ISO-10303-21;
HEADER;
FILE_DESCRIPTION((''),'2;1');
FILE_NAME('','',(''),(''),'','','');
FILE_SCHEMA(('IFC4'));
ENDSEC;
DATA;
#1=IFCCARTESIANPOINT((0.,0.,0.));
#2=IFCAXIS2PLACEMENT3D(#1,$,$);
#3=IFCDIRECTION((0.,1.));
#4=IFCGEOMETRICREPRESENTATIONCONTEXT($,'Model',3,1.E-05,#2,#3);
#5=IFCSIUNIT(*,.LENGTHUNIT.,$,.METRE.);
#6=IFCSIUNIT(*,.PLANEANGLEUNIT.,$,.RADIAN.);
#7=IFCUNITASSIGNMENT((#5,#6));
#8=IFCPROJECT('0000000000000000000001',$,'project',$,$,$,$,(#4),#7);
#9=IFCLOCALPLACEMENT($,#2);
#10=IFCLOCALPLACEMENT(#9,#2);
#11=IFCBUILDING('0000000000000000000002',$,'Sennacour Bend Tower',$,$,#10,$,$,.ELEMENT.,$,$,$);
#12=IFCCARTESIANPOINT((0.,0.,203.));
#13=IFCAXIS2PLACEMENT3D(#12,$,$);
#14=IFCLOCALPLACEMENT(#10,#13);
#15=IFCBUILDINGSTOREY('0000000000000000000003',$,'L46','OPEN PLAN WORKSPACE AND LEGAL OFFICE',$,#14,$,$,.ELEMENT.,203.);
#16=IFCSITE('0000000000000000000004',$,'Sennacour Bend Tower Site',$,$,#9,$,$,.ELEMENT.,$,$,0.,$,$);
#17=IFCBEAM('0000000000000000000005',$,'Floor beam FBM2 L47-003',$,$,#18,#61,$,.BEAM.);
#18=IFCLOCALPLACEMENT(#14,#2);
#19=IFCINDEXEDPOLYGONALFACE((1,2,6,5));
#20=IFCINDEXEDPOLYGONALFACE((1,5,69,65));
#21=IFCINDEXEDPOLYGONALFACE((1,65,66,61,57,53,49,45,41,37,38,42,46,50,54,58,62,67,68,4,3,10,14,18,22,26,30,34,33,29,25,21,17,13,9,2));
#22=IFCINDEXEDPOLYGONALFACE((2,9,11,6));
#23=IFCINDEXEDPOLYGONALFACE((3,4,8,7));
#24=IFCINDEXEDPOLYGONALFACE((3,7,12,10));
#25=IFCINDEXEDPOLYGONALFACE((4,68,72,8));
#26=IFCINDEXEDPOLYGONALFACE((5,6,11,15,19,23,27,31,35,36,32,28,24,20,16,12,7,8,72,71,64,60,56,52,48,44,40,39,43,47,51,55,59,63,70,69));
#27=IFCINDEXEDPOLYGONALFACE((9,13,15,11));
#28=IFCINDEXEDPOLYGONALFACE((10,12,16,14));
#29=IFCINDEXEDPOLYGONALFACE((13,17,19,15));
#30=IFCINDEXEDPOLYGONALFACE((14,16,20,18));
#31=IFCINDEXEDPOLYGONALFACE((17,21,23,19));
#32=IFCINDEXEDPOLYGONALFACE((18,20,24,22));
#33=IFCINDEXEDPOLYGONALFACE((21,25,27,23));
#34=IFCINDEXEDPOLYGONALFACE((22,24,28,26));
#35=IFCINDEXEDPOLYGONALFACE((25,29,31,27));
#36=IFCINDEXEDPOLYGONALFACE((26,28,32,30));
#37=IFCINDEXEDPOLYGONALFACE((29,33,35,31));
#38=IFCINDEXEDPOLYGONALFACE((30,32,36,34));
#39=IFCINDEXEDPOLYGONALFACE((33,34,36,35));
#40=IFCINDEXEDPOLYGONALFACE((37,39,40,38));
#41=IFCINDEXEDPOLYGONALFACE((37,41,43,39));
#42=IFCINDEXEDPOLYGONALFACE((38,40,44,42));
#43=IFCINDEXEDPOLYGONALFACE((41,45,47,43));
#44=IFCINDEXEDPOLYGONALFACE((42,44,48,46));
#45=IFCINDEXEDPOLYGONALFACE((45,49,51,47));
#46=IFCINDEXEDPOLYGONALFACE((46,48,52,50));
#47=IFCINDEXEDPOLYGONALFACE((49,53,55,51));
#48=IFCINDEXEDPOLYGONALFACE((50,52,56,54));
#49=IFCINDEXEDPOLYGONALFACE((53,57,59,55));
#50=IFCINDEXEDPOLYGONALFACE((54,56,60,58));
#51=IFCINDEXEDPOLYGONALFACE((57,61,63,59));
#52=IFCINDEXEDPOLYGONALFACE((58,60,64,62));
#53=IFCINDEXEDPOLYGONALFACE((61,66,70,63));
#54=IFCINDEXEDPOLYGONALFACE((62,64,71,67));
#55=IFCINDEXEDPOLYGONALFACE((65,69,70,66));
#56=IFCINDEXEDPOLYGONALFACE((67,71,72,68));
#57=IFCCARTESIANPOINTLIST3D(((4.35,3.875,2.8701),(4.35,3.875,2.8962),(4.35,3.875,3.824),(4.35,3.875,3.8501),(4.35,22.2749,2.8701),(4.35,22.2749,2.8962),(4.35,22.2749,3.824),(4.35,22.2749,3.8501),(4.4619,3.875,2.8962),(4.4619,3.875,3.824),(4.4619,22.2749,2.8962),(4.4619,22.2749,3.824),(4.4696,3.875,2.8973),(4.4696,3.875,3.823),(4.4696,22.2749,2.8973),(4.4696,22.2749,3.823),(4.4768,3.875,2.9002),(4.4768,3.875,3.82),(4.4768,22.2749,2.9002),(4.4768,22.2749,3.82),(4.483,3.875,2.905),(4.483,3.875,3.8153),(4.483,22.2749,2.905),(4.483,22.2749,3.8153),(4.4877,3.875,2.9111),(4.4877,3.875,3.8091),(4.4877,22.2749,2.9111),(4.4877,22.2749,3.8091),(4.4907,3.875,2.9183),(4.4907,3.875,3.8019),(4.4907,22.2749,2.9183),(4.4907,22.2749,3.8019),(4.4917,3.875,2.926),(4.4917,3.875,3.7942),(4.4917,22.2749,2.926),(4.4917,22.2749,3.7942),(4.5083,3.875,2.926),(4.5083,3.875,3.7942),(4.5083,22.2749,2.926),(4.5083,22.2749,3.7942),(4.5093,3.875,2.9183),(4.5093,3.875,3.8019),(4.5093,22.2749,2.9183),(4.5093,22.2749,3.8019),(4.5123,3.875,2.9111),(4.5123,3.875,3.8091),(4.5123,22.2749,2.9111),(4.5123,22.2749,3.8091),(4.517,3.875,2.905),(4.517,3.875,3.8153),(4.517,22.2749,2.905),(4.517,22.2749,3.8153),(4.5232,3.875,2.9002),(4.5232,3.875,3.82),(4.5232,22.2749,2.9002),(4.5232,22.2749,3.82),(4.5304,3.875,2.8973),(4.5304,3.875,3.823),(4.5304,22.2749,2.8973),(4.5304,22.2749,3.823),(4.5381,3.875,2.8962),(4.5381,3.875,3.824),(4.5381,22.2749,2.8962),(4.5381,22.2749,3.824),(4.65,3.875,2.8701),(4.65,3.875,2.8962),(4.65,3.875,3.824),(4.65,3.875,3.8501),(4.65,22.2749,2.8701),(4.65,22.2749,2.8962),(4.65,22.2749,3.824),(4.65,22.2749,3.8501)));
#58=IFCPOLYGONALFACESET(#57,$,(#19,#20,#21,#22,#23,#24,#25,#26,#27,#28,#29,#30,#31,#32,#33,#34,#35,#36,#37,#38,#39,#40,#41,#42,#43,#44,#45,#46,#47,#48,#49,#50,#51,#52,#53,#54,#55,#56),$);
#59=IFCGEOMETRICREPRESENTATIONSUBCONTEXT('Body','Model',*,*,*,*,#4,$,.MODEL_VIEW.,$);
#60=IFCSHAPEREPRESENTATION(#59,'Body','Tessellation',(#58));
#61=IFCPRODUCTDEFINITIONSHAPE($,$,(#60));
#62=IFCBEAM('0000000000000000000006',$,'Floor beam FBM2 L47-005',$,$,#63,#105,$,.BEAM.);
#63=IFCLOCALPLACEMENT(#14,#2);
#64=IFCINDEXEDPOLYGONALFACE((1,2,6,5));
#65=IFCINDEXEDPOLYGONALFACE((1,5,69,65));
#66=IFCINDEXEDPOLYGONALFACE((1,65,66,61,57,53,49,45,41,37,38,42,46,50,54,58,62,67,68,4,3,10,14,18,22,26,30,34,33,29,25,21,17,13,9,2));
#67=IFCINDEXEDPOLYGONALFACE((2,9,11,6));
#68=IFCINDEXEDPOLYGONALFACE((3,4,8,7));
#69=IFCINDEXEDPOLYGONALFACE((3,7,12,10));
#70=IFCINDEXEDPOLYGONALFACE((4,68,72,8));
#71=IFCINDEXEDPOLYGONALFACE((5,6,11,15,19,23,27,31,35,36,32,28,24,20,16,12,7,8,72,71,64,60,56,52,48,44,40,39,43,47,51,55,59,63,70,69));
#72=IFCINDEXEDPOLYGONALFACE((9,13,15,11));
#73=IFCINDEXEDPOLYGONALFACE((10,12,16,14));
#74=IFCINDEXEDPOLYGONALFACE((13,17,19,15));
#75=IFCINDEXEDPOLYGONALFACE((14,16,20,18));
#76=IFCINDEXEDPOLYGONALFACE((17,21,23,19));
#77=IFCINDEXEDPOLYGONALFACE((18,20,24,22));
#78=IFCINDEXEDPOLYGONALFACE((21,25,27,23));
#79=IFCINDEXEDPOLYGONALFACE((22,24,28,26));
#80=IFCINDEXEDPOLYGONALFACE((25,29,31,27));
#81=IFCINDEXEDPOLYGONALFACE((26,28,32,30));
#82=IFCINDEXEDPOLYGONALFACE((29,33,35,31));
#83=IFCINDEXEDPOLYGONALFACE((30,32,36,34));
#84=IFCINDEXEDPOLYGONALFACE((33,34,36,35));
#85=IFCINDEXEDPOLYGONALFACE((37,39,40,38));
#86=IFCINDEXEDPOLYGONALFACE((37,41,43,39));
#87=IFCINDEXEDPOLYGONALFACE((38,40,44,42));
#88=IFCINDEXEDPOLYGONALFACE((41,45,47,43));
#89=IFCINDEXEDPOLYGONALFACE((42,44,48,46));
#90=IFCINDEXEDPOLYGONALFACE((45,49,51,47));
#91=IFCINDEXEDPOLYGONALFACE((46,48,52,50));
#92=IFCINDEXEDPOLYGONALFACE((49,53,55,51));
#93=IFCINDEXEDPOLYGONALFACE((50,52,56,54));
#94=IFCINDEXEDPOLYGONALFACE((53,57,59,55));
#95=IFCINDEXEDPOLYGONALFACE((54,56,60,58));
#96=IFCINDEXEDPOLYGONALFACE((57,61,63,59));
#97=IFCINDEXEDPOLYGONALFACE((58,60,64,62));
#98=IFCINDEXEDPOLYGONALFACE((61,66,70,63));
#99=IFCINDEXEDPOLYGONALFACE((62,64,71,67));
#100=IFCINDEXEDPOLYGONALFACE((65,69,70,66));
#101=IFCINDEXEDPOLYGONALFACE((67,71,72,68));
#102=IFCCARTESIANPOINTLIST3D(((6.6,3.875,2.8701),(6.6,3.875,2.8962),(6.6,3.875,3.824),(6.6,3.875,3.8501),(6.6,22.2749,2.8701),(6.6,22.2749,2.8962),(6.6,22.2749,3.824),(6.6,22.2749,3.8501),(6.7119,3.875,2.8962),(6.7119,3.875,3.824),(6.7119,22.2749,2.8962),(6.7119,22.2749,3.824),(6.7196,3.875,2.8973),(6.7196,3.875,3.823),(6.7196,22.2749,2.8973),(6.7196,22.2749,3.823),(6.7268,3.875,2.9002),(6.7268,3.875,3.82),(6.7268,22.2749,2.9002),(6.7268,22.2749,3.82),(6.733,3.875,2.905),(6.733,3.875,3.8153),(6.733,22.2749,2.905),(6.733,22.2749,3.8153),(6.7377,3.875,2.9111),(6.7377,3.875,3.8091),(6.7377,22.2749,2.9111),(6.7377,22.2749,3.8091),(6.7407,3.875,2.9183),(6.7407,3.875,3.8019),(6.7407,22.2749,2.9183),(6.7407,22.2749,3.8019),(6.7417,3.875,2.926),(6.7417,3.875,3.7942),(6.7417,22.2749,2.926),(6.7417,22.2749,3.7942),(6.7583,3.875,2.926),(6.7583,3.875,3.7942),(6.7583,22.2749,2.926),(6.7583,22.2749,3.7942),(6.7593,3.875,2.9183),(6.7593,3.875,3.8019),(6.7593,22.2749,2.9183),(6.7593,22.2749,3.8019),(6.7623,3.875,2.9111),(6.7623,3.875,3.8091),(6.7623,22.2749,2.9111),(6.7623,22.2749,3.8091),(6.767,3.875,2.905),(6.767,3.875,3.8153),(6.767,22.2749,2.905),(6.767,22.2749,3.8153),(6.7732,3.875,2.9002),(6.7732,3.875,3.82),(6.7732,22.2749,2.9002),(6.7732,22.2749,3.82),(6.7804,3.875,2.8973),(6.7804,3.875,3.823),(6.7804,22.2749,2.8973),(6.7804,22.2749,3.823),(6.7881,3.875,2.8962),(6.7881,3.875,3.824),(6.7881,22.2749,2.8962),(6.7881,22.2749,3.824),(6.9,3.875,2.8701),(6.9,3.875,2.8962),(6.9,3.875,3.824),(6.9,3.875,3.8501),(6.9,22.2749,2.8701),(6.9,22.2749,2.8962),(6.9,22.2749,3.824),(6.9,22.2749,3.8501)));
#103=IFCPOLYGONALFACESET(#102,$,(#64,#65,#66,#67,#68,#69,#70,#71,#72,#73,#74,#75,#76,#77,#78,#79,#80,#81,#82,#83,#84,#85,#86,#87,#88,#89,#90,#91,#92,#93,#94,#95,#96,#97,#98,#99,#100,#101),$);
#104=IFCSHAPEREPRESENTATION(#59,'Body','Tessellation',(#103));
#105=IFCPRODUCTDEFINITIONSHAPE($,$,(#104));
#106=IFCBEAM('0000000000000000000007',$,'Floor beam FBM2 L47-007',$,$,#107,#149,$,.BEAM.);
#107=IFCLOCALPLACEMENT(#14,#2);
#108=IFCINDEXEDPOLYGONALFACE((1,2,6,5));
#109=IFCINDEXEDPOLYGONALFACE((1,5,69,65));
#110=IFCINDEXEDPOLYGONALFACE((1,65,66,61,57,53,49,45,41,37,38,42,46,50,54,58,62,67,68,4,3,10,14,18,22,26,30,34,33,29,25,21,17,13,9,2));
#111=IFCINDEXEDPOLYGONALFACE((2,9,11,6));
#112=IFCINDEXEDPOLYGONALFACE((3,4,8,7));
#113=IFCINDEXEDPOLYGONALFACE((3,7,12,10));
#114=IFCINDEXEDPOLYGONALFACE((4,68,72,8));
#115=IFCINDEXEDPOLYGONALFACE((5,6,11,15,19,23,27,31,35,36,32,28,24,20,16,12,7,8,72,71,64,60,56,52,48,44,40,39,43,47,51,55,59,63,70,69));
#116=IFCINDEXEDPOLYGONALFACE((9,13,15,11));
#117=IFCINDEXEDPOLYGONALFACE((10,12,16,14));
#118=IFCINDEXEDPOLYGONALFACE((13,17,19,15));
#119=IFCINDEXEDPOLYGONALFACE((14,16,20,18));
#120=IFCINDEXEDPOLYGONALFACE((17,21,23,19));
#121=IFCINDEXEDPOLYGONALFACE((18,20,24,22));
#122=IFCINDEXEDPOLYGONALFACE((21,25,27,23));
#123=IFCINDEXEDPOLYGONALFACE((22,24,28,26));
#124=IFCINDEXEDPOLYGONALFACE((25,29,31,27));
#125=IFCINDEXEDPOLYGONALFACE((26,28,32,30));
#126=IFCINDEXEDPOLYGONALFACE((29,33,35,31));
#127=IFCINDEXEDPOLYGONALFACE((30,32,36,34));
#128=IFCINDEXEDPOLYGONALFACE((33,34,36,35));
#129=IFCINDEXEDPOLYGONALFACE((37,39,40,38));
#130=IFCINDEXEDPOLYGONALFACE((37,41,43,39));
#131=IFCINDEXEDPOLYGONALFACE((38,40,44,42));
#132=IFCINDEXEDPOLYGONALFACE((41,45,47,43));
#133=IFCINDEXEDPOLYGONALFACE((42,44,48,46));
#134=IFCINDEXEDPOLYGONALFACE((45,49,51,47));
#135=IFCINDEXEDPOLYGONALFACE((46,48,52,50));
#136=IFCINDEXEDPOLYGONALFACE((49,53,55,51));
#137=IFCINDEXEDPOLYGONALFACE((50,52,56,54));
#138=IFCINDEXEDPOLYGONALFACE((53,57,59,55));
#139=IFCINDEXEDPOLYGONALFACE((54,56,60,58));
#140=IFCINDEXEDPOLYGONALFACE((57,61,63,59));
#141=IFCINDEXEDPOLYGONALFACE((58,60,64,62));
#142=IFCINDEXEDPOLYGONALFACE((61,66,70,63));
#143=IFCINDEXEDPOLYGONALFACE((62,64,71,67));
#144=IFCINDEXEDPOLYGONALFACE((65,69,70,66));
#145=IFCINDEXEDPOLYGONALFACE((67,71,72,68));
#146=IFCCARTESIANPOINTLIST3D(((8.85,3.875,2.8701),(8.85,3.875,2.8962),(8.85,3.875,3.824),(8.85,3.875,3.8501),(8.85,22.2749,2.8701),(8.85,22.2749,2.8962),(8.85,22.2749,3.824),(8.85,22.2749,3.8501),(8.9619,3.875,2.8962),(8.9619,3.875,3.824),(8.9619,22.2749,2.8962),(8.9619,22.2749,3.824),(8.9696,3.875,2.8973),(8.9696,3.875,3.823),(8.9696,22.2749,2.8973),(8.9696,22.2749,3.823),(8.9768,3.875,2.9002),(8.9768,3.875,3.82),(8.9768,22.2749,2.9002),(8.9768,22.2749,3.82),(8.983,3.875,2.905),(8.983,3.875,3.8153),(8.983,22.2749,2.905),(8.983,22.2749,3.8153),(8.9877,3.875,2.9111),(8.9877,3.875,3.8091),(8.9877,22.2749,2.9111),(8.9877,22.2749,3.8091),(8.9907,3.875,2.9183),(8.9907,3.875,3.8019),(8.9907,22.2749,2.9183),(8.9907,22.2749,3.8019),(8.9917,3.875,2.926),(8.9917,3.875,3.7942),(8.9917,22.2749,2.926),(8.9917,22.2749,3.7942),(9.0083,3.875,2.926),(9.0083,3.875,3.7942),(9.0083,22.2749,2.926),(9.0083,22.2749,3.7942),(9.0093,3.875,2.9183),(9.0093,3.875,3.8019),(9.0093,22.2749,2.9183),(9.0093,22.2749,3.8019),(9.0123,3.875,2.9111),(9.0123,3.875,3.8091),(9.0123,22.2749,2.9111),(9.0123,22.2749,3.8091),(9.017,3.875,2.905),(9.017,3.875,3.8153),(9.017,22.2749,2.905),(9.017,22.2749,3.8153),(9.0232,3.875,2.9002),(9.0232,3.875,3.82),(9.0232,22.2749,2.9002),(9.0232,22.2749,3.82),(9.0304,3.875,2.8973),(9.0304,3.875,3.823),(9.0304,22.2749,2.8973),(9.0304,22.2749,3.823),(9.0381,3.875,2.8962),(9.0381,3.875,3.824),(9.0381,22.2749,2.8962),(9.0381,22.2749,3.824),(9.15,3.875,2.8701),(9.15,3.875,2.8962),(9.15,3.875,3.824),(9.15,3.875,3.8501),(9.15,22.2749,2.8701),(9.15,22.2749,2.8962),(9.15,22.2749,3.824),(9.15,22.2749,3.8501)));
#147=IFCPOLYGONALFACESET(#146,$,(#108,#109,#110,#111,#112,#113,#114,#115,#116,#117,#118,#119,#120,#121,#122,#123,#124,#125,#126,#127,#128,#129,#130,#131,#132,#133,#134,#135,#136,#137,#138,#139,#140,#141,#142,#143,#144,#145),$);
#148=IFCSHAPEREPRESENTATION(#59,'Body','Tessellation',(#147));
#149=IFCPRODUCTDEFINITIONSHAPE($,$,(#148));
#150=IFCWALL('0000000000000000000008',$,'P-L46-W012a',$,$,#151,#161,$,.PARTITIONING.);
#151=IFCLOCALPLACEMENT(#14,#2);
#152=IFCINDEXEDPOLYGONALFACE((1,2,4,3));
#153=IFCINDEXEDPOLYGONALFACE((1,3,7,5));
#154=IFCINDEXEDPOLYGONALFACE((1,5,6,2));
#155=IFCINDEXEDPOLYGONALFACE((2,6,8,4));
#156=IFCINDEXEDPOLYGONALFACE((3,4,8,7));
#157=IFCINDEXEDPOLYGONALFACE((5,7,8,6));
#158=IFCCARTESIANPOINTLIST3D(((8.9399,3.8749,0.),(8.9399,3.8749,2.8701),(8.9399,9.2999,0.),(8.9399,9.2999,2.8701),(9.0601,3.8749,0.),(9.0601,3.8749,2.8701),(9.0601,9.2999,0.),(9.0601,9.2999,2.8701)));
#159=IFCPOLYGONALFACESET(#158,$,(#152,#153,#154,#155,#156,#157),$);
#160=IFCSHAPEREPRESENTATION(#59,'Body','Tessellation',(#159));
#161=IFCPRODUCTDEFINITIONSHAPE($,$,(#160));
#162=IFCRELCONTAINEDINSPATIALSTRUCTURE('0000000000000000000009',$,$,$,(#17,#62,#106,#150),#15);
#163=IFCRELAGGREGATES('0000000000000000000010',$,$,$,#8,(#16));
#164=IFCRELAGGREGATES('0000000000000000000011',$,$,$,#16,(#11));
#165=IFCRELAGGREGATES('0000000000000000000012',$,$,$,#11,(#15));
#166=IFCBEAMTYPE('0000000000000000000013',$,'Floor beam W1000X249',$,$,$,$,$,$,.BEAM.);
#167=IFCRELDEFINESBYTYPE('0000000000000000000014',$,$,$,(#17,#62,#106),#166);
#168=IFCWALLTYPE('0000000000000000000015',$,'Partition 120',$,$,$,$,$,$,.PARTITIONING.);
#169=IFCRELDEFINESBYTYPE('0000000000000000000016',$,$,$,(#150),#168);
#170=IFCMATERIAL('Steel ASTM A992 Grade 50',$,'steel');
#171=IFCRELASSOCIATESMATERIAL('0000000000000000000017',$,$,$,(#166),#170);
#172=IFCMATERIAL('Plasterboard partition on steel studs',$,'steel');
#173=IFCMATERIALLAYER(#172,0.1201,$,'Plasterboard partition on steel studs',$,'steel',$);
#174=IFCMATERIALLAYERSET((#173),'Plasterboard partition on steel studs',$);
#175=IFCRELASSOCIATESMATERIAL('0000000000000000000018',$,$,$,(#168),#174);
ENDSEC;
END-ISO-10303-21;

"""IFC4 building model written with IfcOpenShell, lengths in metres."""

from ifc_helpers import new_model, si_unit, direction, frame, frame_2d, origin, origin_2d, place, context, subcontext, project, spatial, rectangle, i_section, extrude, material, layer, layer_set, material_profile, profile_set, type_object, element, save


model = new_model("IFC4")

# Units and contexts
model_context = context("Model", 3, precision=1e-05, world=origin(), true_north=direction((0.0, 1.0)))
body_context = subcontext(model_context, "Body", "Model", "MODEL_VIEW")
ifc_project = project(units=[si_unit("LENGTHUNIT", "METRE"), si_unit("PLANEANGLEUNIT", "RADIAN")], contexts=[model_context])

# Site, building, storey
site_placement = place(None, origin())
site = spatial("IfcSite", under=ifc_project, at=site_placement, Name="Sennacour Bend Tower Site", CompositionType="ELEMENT", RefElevation=0.0)
building_placement = place(site_placement, origin())
building = spatial("IfcBuilding", under=site, at=building_placement, Name="Sennacour Bend Tower", CompositionType="ELEMENT")
storey_placement = place(building_placement, frame((0.0, 0.0, 203.0)))
storey = spatial("IfcBuildingStorey", under=building, at=storey_placement, Name="L46", Description="OPEN PLAN WORKSPACE AND LEGAL OFFICE", CompositionType="ELEMENT", Elevation=203.0)

# Beams
ifc_material_1 = material(Name="Steel ASTM A992 Grade 50", Category="steel")
ifc_material_profile = material_profile(ifc_material_1, i_section(OverallWidth=0.3, OverallDepth=0.98, WebThickness=0.0166, FlangeThickness=0.0261, FilletRadius=0.0298, at=origin_2d()), Name="Steel ASTM A992 Grade 50", Category="steel")
ifc_profile_set = profile_set([ifc_material_profile], Name="Steel ASTM A992 Grade 50")
beam_type = type_object("IfcBeamType", Name="Floor beam W1000X249", PredefinedType="BEAM", material=ifc_profile_set)
for number, where, z_axis, x_axis, name in (
    (1, (4.5, 3.875, 3.3601), (0.0, 1.0, 0.0), (-1.0, 0.0, 0.0), "Floor beam FBM2 L47-003"),
    (2, (6.75, 3.875, 3.3601), (0.0, 1.0, 0.0), (-1.0, 0.0, 0.0), "Floor beam FBM2 L47-005"),
    (3, (9.0, 3.875, 3.3601), (0.0, 1.0, 0.0), (-1.0, 0.0, 0.0), "Floor beam FBM2 L47-007"),
):
    element("IfcBeam", number, at=place(storey_placement, frame(where, z_axis=z_axis, x_axis=x_axis)), inside=storey, type_object=beam_type, Name=name, PredefinedType="BEAM", context=body_context, shape_type="SweptSolid", body=[
        extrude(i_section(OverallWidth=0.3, OverallDepth=0.98, WebThickness=0.0166, FlangeThickness=0.0261, FilletRadius=0.0298, at=origin_2d()), origin(), (0.0, 0.0, 1.0), 18.3999),
    ])

# Wall
ifc_material_2 = material(Name="Plasterboard partition on steel studs", Category="steel")
ifc_layer_1 = layer(ifc_material_2, 0.1201, Name="Plasterboard partition on steel studs", Category="steel")
ifc_layer_set_1 = layer_set([ifc_layer_1], Name="Plasterboard partition on steel studs")
wall_type_1 = type_object("IfcWallType", Name="Partition 120", PredefinedType="PARTITIONING", material=ifc_layer_set_1)
wall_1_placement = place(storey_placement, frame((9.0, 3.875, 0.0), z_axis=(0.0, 0.0, 1.0), x_axis=(0.0, 1.0, 0.0)))
element("IfcWall", 4, at=wall_1_placement, inside=storey, type_object=wall_type_1, Name="P-L46-W012a", PredefinedType="PARTITIONING", context=body_context, shape_type="SweptSolid", body=[
    extrude(rectangle(XDim=5.425, YDim=0.1201, at=frame_2d((2.7124, 0.0))), origin(), (0.0, 0.0, 1.0), 2.8701),
])

save(model, "model.ifc")
